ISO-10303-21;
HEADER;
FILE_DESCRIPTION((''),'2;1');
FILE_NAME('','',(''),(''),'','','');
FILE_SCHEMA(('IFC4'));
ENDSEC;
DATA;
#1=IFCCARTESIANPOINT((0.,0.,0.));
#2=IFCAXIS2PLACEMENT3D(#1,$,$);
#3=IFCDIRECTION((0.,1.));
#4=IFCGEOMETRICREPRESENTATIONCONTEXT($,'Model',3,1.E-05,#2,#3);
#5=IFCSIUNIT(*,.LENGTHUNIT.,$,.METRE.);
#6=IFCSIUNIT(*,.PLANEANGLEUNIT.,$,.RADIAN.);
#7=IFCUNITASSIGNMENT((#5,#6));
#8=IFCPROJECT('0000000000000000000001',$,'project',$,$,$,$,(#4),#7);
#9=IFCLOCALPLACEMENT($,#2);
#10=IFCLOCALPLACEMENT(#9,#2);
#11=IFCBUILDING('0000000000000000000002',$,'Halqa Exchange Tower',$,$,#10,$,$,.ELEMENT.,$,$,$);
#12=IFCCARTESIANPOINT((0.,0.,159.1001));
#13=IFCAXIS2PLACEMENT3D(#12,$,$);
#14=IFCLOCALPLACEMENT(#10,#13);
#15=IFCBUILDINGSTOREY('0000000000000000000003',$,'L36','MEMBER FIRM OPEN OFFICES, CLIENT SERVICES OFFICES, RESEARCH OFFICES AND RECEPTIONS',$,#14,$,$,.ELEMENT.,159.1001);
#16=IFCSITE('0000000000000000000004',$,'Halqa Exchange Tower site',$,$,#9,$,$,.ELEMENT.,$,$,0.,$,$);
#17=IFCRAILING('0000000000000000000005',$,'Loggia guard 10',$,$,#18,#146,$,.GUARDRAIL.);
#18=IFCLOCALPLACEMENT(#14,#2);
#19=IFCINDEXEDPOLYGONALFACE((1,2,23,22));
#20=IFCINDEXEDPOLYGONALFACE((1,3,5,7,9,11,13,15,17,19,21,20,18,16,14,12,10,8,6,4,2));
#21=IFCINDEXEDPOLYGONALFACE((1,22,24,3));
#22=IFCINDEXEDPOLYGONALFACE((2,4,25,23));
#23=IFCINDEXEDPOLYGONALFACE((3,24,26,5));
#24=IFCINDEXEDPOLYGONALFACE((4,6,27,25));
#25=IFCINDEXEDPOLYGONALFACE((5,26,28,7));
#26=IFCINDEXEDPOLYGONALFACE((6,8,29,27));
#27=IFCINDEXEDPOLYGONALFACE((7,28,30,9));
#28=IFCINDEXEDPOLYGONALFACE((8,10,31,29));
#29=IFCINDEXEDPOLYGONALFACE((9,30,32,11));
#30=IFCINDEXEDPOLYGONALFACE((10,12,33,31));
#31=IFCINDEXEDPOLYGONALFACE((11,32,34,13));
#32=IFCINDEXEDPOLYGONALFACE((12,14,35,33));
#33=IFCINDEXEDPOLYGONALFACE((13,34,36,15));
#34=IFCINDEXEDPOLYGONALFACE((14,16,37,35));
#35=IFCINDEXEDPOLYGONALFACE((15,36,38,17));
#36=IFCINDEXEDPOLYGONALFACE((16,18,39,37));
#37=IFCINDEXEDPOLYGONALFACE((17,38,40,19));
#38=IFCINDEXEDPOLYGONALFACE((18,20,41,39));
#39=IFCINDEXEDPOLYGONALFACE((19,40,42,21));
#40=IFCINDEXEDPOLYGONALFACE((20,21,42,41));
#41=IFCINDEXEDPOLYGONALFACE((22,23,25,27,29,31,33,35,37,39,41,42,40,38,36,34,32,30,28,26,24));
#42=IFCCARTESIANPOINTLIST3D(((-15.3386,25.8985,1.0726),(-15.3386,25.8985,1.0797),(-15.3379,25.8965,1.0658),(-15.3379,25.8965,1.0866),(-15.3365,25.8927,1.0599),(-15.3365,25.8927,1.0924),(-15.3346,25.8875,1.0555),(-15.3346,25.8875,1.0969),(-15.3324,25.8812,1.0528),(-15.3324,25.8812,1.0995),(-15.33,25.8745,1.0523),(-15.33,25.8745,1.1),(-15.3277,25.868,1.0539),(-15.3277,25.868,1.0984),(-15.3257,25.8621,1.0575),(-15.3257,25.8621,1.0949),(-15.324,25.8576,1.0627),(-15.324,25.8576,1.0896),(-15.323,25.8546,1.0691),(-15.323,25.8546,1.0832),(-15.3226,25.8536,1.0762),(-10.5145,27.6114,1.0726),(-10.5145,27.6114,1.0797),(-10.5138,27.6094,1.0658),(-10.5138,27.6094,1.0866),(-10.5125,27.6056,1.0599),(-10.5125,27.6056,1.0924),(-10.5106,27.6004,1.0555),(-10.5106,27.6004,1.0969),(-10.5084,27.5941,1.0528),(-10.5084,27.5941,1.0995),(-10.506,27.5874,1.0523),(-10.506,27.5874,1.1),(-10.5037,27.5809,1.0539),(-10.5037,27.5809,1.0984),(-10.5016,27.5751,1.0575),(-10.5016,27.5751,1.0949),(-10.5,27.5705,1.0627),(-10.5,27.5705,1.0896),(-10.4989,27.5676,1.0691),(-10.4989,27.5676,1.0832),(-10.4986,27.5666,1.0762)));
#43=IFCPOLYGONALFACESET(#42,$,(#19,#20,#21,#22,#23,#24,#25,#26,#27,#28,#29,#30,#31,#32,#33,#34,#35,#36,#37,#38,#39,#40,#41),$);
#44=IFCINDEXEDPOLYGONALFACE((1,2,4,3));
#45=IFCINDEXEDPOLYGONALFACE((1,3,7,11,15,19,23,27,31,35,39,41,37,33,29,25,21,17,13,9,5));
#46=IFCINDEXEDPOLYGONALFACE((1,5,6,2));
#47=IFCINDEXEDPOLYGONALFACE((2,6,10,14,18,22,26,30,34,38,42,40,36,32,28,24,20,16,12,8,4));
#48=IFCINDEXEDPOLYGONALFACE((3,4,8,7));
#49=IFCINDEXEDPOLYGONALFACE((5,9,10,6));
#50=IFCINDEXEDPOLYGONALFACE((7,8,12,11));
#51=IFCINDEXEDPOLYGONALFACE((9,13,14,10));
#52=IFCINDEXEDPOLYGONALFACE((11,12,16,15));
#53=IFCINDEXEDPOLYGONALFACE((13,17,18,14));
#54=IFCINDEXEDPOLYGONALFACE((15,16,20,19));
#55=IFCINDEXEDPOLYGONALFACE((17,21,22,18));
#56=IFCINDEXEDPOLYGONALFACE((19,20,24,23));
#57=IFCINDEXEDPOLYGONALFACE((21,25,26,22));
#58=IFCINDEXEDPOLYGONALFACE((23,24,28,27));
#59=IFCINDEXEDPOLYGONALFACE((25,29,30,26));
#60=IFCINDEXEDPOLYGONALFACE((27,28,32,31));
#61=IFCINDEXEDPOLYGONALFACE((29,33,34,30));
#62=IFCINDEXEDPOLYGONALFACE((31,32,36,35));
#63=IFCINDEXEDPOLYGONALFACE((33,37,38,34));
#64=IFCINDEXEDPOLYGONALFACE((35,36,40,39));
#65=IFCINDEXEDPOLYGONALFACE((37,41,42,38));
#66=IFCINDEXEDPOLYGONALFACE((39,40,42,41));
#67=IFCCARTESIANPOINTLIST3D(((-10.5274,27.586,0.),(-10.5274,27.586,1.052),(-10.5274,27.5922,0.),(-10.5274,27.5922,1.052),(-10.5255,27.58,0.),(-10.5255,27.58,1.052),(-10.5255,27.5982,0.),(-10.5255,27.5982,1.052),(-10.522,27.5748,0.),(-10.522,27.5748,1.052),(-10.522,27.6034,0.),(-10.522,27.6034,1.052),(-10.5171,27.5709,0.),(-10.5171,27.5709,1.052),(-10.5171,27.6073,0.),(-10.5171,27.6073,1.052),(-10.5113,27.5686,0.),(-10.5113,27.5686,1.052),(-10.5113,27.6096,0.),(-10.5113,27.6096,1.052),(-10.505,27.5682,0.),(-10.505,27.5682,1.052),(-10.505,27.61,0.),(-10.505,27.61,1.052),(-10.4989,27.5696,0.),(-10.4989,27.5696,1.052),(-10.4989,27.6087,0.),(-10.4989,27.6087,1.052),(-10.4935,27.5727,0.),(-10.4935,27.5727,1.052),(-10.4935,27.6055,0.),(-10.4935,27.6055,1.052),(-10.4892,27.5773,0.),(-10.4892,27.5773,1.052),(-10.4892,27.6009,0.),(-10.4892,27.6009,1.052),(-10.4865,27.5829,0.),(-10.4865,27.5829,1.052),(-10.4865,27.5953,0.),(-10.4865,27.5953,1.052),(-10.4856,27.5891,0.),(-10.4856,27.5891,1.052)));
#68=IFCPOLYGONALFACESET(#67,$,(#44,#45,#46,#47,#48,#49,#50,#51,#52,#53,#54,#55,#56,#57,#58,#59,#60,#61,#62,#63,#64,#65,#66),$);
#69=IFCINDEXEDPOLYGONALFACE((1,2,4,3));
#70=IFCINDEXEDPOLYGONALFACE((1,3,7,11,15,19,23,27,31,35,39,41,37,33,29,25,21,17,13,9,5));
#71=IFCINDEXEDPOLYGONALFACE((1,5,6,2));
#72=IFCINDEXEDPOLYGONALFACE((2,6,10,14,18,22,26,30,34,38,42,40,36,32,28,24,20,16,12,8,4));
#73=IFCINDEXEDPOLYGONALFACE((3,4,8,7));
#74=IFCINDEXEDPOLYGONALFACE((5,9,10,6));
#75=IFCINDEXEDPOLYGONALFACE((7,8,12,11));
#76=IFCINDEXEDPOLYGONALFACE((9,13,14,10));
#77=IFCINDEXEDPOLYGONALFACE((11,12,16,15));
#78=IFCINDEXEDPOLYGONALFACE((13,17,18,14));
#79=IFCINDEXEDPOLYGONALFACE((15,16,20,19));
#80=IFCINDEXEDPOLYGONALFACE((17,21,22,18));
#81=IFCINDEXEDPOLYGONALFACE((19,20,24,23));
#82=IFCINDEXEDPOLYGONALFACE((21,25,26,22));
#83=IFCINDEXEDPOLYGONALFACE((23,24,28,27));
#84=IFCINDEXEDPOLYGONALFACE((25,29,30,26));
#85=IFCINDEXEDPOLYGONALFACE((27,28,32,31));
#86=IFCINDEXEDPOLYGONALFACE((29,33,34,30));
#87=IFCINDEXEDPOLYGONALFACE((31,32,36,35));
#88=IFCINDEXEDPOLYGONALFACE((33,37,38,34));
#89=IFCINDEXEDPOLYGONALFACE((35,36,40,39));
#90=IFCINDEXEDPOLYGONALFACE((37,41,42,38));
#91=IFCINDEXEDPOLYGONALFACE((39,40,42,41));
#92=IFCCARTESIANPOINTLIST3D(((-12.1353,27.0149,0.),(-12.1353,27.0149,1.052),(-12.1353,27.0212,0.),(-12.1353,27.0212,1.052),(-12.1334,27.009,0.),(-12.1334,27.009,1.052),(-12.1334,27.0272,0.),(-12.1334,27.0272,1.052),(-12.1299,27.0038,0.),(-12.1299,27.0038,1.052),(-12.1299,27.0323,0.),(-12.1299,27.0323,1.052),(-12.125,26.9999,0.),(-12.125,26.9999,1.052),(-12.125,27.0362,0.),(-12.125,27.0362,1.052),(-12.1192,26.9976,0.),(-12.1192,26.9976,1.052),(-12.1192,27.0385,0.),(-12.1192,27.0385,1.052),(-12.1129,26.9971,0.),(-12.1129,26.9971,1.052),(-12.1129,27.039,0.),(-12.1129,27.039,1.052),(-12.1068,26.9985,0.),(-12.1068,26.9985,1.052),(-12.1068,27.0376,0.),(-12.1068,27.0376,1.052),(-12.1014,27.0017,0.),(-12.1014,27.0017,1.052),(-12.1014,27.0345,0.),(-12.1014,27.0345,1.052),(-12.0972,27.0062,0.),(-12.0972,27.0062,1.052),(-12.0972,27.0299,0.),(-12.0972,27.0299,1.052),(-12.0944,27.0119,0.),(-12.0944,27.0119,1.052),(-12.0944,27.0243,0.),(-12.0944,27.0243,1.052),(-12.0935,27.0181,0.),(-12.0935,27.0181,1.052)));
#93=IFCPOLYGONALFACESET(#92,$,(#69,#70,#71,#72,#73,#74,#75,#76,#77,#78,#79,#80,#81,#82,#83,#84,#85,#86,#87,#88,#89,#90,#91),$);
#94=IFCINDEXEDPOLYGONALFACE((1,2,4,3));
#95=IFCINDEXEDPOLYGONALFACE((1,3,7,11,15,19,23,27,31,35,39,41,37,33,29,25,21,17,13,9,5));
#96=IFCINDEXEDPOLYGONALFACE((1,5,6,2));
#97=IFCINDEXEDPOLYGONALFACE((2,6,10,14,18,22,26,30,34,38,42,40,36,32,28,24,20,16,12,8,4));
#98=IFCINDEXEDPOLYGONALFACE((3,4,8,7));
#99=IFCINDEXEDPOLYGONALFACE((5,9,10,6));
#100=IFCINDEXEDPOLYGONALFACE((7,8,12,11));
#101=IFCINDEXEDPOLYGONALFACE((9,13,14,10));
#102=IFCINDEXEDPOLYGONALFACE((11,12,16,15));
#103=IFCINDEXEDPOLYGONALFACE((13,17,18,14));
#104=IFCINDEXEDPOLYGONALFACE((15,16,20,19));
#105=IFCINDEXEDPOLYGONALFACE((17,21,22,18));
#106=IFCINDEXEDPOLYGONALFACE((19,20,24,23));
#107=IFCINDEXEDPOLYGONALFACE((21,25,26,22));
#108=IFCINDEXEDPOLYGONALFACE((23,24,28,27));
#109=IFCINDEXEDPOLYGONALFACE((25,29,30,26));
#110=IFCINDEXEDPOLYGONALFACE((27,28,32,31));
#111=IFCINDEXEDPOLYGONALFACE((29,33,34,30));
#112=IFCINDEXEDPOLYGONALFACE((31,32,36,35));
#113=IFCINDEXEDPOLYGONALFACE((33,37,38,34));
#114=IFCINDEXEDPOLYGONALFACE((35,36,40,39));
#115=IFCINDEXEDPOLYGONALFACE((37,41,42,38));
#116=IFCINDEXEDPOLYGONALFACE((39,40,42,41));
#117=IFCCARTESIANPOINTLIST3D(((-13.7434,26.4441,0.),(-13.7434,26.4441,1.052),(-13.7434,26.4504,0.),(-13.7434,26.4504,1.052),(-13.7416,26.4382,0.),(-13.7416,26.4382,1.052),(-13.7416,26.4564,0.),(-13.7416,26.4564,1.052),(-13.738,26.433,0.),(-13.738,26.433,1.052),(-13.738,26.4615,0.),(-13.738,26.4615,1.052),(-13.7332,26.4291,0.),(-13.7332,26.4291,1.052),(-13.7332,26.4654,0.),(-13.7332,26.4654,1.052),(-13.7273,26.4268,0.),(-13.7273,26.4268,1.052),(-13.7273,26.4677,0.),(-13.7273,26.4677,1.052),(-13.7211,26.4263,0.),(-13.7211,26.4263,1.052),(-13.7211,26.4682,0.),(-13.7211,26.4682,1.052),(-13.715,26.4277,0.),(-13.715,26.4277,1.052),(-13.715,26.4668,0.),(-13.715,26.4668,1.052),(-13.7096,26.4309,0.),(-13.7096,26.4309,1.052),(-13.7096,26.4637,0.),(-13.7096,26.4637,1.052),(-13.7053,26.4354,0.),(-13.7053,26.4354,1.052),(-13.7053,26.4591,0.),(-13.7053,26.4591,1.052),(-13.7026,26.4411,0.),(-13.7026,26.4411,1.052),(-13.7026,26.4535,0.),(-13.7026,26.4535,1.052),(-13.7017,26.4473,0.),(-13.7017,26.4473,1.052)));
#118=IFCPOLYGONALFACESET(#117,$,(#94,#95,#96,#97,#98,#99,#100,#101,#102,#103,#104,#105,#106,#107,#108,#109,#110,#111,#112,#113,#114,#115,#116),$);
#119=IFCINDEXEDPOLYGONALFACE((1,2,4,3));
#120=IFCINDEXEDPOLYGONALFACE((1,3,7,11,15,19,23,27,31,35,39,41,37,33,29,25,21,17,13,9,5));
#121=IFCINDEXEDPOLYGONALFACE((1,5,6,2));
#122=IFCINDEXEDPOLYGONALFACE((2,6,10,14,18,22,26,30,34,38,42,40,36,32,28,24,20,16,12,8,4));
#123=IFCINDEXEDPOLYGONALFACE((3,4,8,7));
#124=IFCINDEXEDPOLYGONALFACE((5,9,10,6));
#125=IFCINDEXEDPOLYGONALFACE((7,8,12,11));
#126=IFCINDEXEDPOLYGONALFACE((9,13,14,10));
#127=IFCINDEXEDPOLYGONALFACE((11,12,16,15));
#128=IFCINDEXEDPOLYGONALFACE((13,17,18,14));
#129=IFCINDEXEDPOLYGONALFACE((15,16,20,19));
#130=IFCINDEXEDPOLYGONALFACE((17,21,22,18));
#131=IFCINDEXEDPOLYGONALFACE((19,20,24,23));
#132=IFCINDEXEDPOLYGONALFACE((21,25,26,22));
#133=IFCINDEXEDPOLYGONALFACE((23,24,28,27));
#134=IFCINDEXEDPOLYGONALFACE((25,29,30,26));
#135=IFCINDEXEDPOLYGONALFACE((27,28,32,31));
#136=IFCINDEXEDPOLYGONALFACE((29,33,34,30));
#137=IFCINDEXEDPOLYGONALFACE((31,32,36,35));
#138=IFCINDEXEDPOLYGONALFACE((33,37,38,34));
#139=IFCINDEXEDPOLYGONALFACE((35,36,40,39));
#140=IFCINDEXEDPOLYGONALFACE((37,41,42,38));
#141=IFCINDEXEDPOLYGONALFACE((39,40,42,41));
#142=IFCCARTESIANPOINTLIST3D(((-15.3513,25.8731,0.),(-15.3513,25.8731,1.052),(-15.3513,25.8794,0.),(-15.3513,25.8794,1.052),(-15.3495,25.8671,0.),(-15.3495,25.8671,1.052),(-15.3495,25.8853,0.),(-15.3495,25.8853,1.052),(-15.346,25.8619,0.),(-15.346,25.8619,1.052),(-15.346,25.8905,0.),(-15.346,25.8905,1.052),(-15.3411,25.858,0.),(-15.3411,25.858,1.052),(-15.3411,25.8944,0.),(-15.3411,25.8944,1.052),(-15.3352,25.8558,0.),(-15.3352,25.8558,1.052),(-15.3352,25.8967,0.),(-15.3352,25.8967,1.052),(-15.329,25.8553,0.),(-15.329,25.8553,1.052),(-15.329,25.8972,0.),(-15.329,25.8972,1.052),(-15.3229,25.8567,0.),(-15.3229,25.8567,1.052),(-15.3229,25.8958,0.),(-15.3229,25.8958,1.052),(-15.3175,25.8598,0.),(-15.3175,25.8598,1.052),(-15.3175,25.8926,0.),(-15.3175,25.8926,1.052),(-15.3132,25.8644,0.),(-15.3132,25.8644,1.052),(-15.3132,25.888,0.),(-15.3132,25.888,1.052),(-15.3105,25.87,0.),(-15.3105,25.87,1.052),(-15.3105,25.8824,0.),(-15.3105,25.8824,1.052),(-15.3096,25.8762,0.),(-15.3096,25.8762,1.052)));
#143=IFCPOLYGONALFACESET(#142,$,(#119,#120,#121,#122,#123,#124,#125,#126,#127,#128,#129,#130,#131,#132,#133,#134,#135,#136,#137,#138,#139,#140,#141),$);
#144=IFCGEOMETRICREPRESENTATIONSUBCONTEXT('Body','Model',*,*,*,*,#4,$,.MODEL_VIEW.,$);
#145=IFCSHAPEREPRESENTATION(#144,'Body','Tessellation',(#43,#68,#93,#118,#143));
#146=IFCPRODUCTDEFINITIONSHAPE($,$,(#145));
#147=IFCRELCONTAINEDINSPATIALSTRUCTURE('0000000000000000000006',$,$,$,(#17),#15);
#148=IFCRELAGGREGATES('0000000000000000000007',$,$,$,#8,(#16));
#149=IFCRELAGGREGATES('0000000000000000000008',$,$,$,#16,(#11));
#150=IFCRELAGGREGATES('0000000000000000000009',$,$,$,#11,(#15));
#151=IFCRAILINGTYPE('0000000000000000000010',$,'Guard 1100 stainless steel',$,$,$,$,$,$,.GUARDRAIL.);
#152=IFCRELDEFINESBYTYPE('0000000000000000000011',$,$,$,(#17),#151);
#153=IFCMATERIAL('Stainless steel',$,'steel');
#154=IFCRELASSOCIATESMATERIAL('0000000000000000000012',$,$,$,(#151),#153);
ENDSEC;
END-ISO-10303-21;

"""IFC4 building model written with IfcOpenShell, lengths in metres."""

from ifc_helpers import new_model, si_unit, direction, frame, origin, origin_2d, place, context, subcontext, project, spatial, circle, extrude, material, type_object, element, save


model = new_model("IFC4")

# Units and contexts
model_context = context("Model", 3, precision=1e-05, world=origin(), true_north=direction((0.0, 1.0)))
body_context = subcontext(model_context, "Body", "Model", "MODEL_VIEW")
ifc_project = project(units=[si_unit("LENGTHUNIT", "METRE"), si_unit("PLANEANGLEUNIT", "RADIAN")], contexts=[model_context])

# Site, building, storey
site_placement = place(None, origin())
site = spatial("IfcSite", under=ifc_project, at=site_placement, Name="Halqa Exchange Tower site", CompositionType="ELEMENT", RefElevation=0.0)
building_placement = place(site_placement, origin())
building = spatial("IfcBuilding", under=site, at=building_placement, Name="Halqa Exchange Tower", CompositionType="ELEMENT")
storey_placement = place(building_placement, frame((0.0, 0.0, 159.1001)))
storey = spatial("IfcBuildingStorey", under=building, at=storey_placement, Name="L36", Description="MEMBER FIRM OPEN OFFICES, CLIENT SERVICES OFFICES, RESEARCH OFFICES AND RECEPTIONS", CompositionType="ELEMENT", Elevation=159.1001)

# Railing
ifc_material_1 = material(Name="Stainless steel", Category="steel")
railing_type_1 = type_object("IfcRailingType", Name="Guard 1100 stainless steel", PredefinedType="GUARDRAIL", material=ifc_material_1)
railing_1_placement = place(storey_placement, frame((-10.5066, 27.5891, 0.0)))
element("IfcRailing", 1, at=railing_1_placement, inside=storey, type_object=railing_type_1, Name="Loggia guard 10", PredefinedType="GUARDRAIL", context=body_context, shape_type="SweptSolid", body=[
    extrude(circle(Radius=0.0239, at=origin_2d()), frame((0.0, 0.0, 1.0762), z_axis=(-0.942356, -0.334611, 0.0), x_axis=(0.334611, -0.942356, 0.0)), (0.0, 0.0, 1.0), 5.1191),
    extrude(circle(Radius=0.021, at=origin_2d()), origin(), (0.0, 0.0, 1.0), 1.052),
    extrude(circle(Radius=0.021, at=origin_2d()), frame((-1.6079, -0.571, 0.0)), (0.0, 0.0, 1.0), 1.052),
    extrude(circle(Radius=0.021, at=origin_2d()), frame((-3.2161, -1.1418, 0.0)), (0.0, 0.0, 1.0), 1.052),
    extrude(circle(Radius=0.021, at=origin_2d()), frame((-4.824, -1.7129, 0.0)), (0.0, 0.0, 1.0), 1.052),
])

save(model, "model.ifc")
